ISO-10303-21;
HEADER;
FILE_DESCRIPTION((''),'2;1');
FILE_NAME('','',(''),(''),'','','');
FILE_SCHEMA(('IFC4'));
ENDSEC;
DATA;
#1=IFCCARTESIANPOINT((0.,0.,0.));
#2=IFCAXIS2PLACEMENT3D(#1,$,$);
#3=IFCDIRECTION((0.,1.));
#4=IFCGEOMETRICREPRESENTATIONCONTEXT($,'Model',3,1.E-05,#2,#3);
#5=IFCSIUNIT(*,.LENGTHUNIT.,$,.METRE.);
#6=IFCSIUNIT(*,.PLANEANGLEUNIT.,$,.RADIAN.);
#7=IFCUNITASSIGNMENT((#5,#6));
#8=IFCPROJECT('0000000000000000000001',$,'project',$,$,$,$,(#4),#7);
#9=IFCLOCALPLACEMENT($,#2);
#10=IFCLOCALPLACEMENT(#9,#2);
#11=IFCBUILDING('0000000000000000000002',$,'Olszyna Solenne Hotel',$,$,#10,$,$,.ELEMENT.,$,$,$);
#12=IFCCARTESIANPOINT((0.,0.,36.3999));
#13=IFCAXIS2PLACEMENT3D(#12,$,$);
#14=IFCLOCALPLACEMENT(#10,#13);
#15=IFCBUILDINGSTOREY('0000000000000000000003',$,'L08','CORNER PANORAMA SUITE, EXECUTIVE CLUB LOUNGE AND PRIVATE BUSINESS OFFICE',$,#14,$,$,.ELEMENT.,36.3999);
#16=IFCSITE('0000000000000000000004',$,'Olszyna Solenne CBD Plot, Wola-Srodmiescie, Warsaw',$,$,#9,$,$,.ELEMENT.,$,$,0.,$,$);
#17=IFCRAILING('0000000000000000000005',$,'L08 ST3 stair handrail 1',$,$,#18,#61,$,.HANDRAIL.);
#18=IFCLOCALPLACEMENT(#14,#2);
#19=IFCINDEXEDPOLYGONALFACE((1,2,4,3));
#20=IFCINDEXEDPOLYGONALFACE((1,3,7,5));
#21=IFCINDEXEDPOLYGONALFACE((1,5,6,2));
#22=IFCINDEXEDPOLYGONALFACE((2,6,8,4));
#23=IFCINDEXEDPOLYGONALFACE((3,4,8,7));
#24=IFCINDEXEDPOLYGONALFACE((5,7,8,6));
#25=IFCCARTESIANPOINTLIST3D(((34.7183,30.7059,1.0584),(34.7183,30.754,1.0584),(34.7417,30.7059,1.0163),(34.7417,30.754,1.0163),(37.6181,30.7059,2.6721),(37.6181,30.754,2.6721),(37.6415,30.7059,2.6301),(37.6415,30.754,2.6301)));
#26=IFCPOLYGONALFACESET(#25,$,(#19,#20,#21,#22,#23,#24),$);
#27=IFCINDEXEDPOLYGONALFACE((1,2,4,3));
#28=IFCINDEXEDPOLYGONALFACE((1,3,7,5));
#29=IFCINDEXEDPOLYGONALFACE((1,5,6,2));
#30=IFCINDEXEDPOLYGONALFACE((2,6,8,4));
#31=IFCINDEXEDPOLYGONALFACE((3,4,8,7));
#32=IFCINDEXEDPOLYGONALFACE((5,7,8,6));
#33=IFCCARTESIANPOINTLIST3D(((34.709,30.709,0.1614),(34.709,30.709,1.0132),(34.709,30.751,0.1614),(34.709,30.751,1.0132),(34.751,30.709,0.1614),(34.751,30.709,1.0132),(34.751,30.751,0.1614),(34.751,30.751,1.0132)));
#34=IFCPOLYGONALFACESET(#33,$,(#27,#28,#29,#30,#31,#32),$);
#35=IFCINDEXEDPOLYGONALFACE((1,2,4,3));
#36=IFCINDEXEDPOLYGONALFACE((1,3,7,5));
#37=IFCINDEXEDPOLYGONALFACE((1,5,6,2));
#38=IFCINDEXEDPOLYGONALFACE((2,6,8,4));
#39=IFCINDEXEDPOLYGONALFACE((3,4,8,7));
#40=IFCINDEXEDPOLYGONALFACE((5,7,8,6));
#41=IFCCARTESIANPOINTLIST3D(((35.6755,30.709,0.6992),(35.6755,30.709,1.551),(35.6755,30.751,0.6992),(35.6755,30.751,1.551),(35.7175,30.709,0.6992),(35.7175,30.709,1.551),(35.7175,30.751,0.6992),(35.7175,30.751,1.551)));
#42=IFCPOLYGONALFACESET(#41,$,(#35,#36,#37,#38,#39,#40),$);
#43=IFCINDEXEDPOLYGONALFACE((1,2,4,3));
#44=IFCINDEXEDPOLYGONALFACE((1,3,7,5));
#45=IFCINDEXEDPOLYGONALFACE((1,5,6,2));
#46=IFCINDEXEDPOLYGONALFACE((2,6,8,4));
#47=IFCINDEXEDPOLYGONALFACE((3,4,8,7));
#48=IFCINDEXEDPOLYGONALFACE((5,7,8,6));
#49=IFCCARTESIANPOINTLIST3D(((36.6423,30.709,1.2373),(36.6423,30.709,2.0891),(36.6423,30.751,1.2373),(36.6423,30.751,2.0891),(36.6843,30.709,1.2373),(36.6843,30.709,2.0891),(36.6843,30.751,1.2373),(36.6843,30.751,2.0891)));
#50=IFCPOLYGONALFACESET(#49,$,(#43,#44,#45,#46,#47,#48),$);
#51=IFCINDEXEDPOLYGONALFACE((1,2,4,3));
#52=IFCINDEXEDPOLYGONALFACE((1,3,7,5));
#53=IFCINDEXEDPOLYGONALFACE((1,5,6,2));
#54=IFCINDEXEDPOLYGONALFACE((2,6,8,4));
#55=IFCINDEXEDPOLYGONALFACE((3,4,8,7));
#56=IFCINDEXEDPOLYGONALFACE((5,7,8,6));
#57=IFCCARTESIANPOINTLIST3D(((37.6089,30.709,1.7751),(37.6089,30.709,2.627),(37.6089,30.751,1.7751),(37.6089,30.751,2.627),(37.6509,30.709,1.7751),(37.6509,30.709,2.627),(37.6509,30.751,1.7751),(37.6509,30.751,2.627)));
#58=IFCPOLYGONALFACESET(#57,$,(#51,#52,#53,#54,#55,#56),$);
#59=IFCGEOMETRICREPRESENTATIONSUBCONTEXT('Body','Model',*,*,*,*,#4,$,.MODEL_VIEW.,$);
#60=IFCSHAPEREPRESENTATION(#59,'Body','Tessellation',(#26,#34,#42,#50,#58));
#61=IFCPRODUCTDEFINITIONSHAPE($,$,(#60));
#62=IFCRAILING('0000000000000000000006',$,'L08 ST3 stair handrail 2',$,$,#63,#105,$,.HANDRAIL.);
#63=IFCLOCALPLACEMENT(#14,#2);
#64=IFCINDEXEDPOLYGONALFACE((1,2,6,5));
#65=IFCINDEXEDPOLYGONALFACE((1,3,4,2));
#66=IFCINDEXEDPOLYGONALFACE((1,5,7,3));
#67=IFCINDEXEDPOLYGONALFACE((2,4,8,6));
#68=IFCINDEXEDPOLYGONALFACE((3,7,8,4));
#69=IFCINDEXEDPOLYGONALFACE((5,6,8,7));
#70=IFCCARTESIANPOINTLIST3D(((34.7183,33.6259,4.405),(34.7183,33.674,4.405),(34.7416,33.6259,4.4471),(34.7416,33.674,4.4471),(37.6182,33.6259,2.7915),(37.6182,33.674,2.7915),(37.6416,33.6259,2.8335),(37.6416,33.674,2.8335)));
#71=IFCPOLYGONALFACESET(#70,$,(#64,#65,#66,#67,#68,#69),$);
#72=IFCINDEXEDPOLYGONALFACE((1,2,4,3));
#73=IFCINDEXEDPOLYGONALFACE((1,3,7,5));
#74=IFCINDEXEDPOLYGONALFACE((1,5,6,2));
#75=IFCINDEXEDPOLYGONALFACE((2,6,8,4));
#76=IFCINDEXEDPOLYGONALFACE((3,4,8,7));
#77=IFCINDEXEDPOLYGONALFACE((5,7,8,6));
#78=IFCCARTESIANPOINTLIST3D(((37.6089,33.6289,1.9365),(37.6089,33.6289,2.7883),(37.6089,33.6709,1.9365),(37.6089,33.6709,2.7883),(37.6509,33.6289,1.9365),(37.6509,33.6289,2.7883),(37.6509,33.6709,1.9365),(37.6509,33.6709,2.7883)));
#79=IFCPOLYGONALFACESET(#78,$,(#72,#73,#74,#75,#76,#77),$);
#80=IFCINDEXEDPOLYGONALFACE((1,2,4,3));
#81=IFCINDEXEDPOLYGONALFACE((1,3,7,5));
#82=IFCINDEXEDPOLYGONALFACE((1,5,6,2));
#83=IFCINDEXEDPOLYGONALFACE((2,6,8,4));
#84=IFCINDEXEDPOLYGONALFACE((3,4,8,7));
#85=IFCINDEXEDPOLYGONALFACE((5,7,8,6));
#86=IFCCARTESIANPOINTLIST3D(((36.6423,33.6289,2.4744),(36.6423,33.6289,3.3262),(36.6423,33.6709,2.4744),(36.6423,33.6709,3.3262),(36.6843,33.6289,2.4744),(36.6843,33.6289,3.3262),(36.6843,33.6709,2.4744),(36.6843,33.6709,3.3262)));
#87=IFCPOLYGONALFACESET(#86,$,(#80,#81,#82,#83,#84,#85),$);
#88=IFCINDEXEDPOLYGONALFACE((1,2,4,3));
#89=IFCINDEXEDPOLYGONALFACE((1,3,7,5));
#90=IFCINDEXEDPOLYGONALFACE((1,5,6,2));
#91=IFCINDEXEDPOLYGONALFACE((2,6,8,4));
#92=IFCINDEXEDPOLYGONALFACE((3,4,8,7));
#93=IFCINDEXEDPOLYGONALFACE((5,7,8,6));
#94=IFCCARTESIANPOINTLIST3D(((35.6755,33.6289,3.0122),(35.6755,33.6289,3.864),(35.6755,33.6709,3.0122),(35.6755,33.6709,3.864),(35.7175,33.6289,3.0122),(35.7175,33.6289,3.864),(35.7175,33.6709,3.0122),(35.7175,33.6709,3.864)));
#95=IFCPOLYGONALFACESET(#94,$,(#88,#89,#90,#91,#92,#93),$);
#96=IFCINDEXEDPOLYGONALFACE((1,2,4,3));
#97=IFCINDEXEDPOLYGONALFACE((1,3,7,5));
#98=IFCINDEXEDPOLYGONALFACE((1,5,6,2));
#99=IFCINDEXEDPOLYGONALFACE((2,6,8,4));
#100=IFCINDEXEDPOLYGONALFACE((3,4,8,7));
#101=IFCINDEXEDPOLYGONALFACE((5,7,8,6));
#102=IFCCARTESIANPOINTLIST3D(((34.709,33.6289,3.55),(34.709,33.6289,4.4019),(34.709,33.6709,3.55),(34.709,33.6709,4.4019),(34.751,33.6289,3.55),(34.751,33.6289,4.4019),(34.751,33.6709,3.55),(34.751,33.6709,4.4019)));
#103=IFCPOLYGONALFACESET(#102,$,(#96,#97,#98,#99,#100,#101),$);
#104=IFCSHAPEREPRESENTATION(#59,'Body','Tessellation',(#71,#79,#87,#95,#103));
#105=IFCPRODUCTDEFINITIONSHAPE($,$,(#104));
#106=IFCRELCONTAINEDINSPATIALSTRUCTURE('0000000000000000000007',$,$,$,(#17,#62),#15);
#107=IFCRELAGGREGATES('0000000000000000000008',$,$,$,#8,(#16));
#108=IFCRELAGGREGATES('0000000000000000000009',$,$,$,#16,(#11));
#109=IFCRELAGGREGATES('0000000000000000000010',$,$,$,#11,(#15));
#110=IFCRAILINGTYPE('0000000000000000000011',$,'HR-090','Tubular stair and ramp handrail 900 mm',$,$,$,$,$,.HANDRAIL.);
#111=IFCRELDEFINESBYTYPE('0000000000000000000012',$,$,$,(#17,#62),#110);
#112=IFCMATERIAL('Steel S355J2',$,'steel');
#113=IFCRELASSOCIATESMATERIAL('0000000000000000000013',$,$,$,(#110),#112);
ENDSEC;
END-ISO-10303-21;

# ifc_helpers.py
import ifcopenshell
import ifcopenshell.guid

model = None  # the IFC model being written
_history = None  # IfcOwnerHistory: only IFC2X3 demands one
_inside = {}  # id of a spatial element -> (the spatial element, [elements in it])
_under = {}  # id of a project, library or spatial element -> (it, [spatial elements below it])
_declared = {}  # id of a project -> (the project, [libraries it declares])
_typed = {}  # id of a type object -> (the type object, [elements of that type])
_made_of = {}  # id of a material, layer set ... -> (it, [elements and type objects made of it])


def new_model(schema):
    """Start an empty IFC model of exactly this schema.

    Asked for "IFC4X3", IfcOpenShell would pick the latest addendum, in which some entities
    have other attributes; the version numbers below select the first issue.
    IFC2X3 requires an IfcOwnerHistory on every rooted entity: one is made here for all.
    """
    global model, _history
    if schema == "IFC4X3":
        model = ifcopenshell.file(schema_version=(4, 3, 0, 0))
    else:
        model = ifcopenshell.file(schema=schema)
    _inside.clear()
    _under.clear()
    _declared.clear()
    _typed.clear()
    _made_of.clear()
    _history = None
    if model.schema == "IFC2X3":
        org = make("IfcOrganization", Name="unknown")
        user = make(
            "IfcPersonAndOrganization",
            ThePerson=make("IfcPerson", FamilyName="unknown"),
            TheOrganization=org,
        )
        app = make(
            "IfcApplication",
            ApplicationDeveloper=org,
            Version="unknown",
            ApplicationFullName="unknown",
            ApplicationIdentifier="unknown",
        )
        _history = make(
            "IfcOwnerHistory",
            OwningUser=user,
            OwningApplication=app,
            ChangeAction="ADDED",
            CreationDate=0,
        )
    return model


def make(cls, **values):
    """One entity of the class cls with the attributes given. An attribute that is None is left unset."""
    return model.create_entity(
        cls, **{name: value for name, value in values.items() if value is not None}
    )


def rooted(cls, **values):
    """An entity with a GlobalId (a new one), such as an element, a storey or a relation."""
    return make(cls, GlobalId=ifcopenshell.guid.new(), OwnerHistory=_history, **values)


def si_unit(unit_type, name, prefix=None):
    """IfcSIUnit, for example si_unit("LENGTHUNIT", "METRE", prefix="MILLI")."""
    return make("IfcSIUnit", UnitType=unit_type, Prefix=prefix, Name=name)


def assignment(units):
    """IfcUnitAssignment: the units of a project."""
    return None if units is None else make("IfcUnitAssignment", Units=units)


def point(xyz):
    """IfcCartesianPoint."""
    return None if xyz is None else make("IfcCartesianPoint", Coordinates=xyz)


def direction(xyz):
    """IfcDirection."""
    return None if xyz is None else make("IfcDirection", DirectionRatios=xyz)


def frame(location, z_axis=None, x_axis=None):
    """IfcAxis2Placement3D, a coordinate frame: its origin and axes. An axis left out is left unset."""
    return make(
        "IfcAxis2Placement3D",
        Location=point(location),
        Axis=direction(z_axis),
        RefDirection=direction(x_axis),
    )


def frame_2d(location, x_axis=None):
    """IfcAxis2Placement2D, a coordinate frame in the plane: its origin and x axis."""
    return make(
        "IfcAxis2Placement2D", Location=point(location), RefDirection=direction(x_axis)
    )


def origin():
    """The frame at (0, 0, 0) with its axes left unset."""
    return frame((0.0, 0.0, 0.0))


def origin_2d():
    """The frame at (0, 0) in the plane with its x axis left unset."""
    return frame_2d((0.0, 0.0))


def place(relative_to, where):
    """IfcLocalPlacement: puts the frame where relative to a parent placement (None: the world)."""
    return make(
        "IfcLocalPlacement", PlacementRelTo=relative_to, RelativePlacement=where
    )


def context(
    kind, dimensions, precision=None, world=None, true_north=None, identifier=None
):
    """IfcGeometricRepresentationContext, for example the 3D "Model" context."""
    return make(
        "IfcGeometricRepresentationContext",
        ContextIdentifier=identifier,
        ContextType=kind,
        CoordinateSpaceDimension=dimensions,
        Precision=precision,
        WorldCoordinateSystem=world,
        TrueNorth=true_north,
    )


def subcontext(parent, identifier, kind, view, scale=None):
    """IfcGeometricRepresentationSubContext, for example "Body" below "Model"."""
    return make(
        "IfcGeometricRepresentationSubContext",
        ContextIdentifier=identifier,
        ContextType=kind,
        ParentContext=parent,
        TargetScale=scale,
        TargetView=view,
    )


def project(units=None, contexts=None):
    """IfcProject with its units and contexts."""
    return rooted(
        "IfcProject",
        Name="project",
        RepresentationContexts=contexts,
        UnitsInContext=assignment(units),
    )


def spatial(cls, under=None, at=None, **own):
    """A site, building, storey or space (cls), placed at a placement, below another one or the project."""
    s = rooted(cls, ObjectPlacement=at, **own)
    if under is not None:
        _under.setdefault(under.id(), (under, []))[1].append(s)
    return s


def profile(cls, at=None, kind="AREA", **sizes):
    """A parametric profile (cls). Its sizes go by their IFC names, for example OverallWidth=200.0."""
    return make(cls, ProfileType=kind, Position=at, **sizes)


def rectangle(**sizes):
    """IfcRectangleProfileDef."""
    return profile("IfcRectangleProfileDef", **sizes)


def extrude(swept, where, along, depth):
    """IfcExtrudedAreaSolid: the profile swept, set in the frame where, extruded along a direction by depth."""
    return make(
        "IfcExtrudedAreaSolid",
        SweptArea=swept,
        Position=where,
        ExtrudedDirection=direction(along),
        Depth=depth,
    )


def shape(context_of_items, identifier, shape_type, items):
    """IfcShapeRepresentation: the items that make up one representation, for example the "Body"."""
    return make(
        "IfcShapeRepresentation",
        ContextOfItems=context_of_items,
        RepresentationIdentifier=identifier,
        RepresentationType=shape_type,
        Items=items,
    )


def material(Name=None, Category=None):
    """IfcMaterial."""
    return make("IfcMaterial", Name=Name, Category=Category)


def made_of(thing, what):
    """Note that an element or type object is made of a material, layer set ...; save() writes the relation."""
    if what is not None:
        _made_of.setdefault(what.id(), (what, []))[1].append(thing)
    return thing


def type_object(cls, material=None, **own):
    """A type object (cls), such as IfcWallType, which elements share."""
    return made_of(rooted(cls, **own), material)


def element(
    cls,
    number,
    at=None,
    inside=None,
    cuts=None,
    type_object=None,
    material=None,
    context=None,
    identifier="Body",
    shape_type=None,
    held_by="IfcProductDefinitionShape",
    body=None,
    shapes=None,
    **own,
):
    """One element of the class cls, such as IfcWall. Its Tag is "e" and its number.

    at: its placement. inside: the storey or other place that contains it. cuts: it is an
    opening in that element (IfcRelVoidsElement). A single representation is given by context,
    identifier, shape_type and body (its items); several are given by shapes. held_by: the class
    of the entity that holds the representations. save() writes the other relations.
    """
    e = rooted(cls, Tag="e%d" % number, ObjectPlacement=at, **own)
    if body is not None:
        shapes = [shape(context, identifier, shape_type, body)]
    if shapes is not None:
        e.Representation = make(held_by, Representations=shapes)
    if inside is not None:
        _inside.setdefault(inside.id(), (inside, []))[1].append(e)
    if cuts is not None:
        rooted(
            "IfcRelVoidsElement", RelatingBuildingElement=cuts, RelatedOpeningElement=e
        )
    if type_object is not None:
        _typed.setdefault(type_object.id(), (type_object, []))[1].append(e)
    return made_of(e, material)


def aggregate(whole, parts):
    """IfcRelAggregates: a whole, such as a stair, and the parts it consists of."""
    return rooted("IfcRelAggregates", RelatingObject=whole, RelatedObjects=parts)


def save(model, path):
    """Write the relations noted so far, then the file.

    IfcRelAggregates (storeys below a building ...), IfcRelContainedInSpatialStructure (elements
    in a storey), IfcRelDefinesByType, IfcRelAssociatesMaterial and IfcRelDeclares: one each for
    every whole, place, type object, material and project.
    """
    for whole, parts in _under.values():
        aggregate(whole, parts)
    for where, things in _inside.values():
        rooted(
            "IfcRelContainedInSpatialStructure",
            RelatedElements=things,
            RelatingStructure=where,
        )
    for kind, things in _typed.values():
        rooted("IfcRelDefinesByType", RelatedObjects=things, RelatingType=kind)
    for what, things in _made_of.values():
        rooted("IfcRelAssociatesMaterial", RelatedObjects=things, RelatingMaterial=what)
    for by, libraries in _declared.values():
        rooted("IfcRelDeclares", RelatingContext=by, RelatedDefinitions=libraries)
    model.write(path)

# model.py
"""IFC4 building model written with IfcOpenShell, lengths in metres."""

from ifc_helpers import new_model, si_unit, direction, frame, origin, origin_2d, place, context, subcontext, project, spatial, rectangle, extrude, material, type_object, element, save


model = new_model("IFC4")

# Units and contexts
model_context = context("Model", 3, precision=1e-05, world=origin(), true_north=direction((0.0, 1.0)))
body_context = subcontext(model_context, "Body", "Model", "MODEL_VIEW")
ifc_project = project(units=[si_unit("LENGTHUNIT", "METRE"), si_unit("PLANEANGLEUNIT", "RADIAN")], contexts=[model_context])

# Site, building, storey
site_placement = place(None, origin())
site = spatial("IfcSite", under=ifc_project, at=site_placement, Name="Olszyna Solenne CBD Plot, Wola-Srodmiescie, Warsaw", CompositionType="ELEMENT", RefElevation=0.0)
building_placement = place(site_placement, origin())
building = spatial("IfcBuilding", under=site, at=building_placement, Name="Olszyna Solenne Hotel", CompositionType="ELEMENT")
storey_placement = place(building_placement, frame((0.0, 0.0, 36.3999)))
storey = spatial("IfcBuildingStorey", under=building, at=storey_placement, Name="L08", Description="CORNER PANORAMA SUITE, EXECUTIVE CLUB LOUNGE AND PRIVATE BUSINESS OFFICE", CompositionType="ELEMENT", Elevation=36.3999)

# Shared definitions
ifc_material_1 = material(Name="Steel S355J2", Category="steel")

# Railings
railing_type_1 = type_object("IfcRailingType", Name="HR-090", Description="Tubular stair and ramp handrail 900 mm", PredefinedType="HANDRAIL", material=ifc_material_1)
railing_1_placement = place(storey_placement, frame((34.73, 30.73, 0.1614)))
element("IfcRailing", 1, at=railing_1_placement, inside=storey, type_object=railing_type_1, Name="L08 ST3 stair handrail 1", PredefinedType="HANDRAIL", context=body_context, shape_type="SweptSolid", body=[
    extrude(rectangle(XDim=0.0481, YDim=0.0481, at=origin_2d()), frame((0.0, 0.0, 0.876), z_axis=(0.87381, 0.0, 0.486267), x_axis=(0.0, 1.0, 0.0)), (0.0, 0.0, 1.0), 3.3186),
    extrude(rectangle(XDim=0.042, YDim=0.042, at=origin_2d()), origin(), (0.0, 0.0, 1.0), 0.8518),
    extrude(rectangle(XDim=0.042, YDim=0.042, at=origin_2d()), frame((0.9666, 0.0, 0.5378)), (0.0, 0.0, 1.0), 0.8518),
    extrude(rectangle(XDim=0.042, YDim=0.042, at=origin_2d()), frame((1.9333, 0.0, 1.0759)), (0.0, 0.0, 1.0), 0.8518),
    extrude(rectangle(XDim=0.042, YDim=0.042, at=origin_2d()), frame((2.8999, 0.0, 1.6138)), (0.0, 0.0, 1.0), 0.8518),
])
railing_2_placement = place(storey_placement, frame((37.6299, 33.6499, 1.9365)))
element("IfcRailing", 2, at=railing_2_placement, inside=storey, type_object=railing_type_1, Name="L08 ST3 stair handrail 2", PredefinedType="HANDRAIL", context=body_context, shape_type="SweptSolid", body=[
    extrude(rectangle(XDim=0.0481, YDim=0.0481, at=origin_2d()), frame((0.0, 0.0, 0.876), z_axis=(-0.873841, 0.0, 0.486211), x_axis=(0.0, -1.0, 0.0)), (0.0, 0.0, 1.0), 3.3186),
    extrude(rectangle(XDim=0.042, YDim=0.042, at=origin_2d()), origin(), (0.0, 0.0, 1.0), 0.8518),
    extrude(rectangle(XDim=0.042, YDim=0.042, at=origin_2d()), frame((-0.9666, 0.0, 0.5378)), (0.0, 0.0, 1.0), 0.8518),
    extrude(rectangle(XDim=0.042, YDim=0.042, at=origin_2d()), frame((-1.9333, 0.0, 1.0757)), (0.0, 0.0, 1.0), 0.8518),
    extrude(rectangle(XDim=0.042, YDim=0.042, at=origin_2d()), frame((-2.8999, 0.0, 1.6135)), (0.0, 0.0, 1.0), 0.8518),
])

save(model, "model.ifc")
